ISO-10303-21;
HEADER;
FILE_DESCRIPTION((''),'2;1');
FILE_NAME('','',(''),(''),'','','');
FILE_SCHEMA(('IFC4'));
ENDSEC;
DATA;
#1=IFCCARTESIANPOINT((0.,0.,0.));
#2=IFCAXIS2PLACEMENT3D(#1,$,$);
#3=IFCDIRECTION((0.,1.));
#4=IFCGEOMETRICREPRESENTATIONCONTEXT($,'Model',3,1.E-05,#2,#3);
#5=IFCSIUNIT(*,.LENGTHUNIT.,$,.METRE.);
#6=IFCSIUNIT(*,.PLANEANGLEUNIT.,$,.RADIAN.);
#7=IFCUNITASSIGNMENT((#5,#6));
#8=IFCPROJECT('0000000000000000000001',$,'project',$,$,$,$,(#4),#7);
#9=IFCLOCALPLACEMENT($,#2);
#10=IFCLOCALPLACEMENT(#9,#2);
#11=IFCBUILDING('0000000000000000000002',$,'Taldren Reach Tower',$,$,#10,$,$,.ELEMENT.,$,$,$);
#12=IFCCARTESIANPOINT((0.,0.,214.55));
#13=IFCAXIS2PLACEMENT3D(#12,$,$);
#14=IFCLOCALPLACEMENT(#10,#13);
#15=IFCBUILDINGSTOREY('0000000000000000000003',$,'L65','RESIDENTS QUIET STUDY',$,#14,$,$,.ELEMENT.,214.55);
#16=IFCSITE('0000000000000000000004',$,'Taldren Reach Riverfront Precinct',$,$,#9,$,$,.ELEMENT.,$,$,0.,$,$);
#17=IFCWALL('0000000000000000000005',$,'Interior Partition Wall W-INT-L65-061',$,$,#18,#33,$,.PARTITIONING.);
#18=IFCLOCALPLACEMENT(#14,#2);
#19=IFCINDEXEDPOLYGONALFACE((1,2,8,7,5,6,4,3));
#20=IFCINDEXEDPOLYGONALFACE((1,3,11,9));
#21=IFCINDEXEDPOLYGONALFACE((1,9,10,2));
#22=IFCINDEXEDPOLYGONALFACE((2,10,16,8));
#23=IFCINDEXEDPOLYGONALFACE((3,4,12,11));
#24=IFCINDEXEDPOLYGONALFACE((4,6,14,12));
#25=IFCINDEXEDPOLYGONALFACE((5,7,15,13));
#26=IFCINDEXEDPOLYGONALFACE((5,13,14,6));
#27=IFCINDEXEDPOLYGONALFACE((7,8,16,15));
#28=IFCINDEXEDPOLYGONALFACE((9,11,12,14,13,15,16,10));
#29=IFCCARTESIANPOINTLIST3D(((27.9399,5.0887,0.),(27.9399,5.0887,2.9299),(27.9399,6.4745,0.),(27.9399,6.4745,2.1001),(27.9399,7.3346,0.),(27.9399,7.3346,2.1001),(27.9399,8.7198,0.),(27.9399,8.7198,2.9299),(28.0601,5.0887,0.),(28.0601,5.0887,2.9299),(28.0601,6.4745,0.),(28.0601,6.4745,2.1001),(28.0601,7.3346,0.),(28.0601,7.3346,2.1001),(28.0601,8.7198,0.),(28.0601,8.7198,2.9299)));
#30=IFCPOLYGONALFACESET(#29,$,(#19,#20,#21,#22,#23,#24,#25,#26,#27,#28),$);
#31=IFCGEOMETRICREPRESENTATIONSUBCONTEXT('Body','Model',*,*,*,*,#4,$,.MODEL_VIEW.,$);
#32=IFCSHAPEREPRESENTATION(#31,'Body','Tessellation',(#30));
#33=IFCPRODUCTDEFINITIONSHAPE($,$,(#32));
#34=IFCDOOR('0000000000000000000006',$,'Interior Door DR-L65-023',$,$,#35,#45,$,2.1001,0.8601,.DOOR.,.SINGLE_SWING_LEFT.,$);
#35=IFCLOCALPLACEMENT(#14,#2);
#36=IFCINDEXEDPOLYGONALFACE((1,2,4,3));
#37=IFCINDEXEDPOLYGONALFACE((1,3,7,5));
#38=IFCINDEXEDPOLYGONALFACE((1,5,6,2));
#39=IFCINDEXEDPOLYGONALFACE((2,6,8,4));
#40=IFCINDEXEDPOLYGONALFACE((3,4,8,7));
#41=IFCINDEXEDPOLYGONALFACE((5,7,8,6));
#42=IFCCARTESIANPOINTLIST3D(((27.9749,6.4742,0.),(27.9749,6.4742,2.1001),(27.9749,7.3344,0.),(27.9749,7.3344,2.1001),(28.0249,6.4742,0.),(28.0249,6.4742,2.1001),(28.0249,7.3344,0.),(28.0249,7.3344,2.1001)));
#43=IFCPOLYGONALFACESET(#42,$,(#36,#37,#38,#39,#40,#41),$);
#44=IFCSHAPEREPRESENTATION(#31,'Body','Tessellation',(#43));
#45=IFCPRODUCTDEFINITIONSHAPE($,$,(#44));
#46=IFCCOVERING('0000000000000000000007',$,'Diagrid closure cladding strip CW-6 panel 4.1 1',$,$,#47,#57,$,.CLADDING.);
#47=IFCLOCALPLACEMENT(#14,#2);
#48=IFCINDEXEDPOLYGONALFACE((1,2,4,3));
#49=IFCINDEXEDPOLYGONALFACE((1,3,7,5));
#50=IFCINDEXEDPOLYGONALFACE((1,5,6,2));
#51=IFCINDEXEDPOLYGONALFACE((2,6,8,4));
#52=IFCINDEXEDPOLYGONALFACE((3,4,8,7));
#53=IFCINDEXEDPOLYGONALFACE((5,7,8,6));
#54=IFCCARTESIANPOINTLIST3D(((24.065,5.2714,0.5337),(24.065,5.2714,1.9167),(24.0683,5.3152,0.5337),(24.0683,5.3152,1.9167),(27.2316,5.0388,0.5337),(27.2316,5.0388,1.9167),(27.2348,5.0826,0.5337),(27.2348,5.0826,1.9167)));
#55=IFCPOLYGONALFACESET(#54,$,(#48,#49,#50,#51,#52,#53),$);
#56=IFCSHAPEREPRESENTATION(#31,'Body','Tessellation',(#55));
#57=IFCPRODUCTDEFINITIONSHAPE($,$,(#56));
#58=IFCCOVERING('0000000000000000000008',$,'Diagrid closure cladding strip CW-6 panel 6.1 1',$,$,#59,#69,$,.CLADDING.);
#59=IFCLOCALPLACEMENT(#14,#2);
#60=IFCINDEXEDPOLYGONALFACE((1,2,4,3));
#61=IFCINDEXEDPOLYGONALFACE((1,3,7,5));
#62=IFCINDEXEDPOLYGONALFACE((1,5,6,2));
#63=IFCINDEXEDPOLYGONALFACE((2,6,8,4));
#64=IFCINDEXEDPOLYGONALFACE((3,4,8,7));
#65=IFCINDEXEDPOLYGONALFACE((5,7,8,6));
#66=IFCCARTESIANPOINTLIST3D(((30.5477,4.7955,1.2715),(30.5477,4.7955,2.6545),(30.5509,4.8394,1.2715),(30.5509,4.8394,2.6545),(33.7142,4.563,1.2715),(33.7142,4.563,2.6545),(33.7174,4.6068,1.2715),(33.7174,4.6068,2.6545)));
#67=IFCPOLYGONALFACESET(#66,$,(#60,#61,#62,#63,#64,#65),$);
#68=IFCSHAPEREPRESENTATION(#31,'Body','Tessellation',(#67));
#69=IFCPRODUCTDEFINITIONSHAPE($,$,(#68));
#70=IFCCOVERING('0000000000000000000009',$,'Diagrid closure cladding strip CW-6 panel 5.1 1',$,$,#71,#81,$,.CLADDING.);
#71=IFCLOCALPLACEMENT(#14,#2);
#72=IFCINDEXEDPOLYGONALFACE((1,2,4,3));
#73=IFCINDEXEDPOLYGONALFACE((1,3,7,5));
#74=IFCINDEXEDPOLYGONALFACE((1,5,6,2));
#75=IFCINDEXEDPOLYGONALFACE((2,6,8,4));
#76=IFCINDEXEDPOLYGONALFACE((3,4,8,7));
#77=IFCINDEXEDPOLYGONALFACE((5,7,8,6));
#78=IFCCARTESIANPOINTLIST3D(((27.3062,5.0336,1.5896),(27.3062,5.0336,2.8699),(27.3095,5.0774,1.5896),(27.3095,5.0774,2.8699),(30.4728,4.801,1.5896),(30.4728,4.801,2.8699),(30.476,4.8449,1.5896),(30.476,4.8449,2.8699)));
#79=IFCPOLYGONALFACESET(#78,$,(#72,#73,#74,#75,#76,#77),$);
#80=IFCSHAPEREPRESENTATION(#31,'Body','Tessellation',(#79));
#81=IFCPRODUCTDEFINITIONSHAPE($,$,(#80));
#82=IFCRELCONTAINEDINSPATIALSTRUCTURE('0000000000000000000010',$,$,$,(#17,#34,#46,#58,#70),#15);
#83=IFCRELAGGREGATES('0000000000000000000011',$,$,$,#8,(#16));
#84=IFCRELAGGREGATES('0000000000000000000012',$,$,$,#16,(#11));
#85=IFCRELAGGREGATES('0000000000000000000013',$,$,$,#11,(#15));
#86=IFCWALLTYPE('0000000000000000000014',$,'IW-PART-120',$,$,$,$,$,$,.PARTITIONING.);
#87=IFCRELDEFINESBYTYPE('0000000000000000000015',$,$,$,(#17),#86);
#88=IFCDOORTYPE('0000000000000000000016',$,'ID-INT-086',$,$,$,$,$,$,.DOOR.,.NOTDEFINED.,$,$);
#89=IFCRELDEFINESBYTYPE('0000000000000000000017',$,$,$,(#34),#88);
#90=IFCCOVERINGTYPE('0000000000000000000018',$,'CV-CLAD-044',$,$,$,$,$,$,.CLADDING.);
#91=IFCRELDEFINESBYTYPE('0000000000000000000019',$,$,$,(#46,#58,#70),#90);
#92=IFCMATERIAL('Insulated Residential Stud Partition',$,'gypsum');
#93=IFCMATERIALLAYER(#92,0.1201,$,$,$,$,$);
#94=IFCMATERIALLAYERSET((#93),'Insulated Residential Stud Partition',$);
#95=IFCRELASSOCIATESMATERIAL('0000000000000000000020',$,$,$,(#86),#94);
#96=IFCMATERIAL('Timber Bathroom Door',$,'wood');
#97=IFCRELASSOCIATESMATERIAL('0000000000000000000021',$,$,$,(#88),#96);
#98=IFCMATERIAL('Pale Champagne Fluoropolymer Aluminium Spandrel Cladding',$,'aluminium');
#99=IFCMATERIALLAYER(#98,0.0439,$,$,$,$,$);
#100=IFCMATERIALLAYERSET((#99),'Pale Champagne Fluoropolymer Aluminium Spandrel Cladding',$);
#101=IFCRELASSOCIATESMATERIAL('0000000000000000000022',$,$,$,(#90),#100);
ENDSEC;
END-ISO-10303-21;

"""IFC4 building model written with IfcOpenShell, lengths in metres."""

from ifc_helpers import new_model, si_unit, direction, frame, frame_2d, origin, origin_2d, place, context, subcontext, project, spatial, rectangle, extrude, source, transform, mapped, material, layer, layer_set, type_object, element, fill, save


model = new_model("IFC4")

# Units and contexts
model_context = context("Model", 3, precision=1e-05, world=origin(), true_north=direction((0.0, 1.0)))
body_context = subcontext(model_context, "Body", "Model", "MODEL_VIEW")
ifc_project = project(units=[si_unit("LENGTHUNIT", "METRE"), si_unit("PLANEANGLEUNIT", "RADIAN")], contexts=[model_context])

# Site, building, storey
site_placement = place(None, origin())
site = spatial("IfcSite", under=ifc_project, at=site_placement, Name="Taldren Reach Riverfront Precinct", CompositionType="ELEMENT", RefElevation=0.0)
building_placement = place(site_placement, origin())
building = spatial("IfcBuilding", under=site, at=building_placement, Name="Taldren Reach Tower", CompositionType="ELEMENT")
storey_placement = place(building_placement, frame((0.0, 0.0, 214.55)))
storey = spatial("IfcBuildingStorey", under=building, at=storey_placement, Name="L65", Description="RESIDENTS QUIET STUDY", CompositionType="ELEMENT", Elevation=214.55)

# Wall, opening, door
ifc_material_1 = material(Name="Insulated Residential Stud Partition", Category="gypsum")
ifc_layer_1 = layer(ifc_material_1, 0.1201)
ifc_layer_set_1 = layer_set([ifc_layer_1], Name="Insulated Residential Stud Partition")
wall_type = type_object("IfcWallType", Name="IW-PART-120", PredefinedType="PARTITIONING", material=ifc_layer_set_1)
shared_shape_1 = source(origin(), body_context, "Body", "SweptSolid", [
    extrude(rectangle(XDim=3.6311, YDim=0.1201, at=frame_2d((1.8154, 0.0))), origin(), (0.0, 0.0, 1.0), 2.9299),
])
wall_placement = place(storey_placement, frame((28.0, 5.0889, 0.0), z_axis=(0.0, 0.0, 1.0), x_axis=(0.0, 1.0, 0.0)))
wall = element("IfcWall", 1, at=wall_placement, inside=storey, type_object=wall_type, Name="Interior Partition Wall W-INT-L65-061", PredefinedType="PARTITIONING", context=body_context, shape_type="MappedRepresentation", body=[
    mapped(shared_shape_1, transform((0.0, 0.0, 0.0), scale=1.0)),
])
shared_shape_2 = source(origin(), body_context, "Body", "SweptSolid", [
    extrude(rectangle(XDim=0.8601, YDim=2.1001, at=frame_2d((0.4302, 1.05))), frame((0.0, 0.0701, 0.0), z_axis=(0.0, -1.0, 0.0), x_axis=(1.0, 0.0, 0.0)), (0.0, 0.0, 1.0), 0.1401),
])
opening_placement = place(wall_placement, frame((1.3855, 0.0, 0.0)))
opening = element("IfcOpeningElement", 2, at=opening_placement, cuts=wall, PredefinedType="OPENING", context=body_context, shape_type="MappedRepresentation", body=[
    mapped(shared_shape_2, transform((0.0, 0.0, 0.0), scale=1.0)),
])
ifc_material_2 = material(Name="Timber Bathroom Door", Category="wood")
door_type = type_object("IfcDoorType", Name="ID-INT-086", OperationType="NOTDEFINED", PredefinedType="DOOR", material=ifc_material_2)
shared_shape_3 = source(origin(), body_context, "Body", "SweptSolid", [
    extrude(rectangle(XDim=0.8601, YDim=2.1001, at=frame_2d((0.4302, 1.05))), frame((0.0, 0.0249, 0.0), z_axis=(0.0, -1.0, 0.0), x_axis=(1.0, 0.0, 0.0)), (0.0, 0.0, 1.0), 0.05),
])
door_placement = place(opening_placement, frame((0.8601, 0.0, 0.0), z_axis=(0.0, 0.0, 1.0), x_axis=(-1.0, 0.0, 0.0)))
door = element("IfcDoor", 3, at=door_placement, inside=storey, type_object=door_type, Name="Interior Door DR-L65-023", OperationType="SINGLE_SWING_LEFT", OverallHeight=2.1001, OverallWidth=0.8601, PredefinedType="DOOR", context=body_context, shape_type="MappedRepresentation", body=[
    mapped(shared_shape_3, transform((0.0, 0.0, 0.0), scale=1.0)),
])
fill(opening, door)

# Coverings
ifc_material_3 = material(Name="Pale Champagne Fluoropolymer Aluminium Spandrel Cladding", Category="aluminium")
ifc_layer_2 = layer(ifc_material_3, 0.0439)
ifc_layer_set_2 = layer_set([ifc_layer_2], Name="Pale Champagne Fluoropolymer Aluminium Spandrel Cladding")
covering_type = type_object("IfcCoveringType", Name="CV-CLAD-044", PredefinedType="CLADDING", material=ifc_layer_set_2)
shared_shape_4 = source(origin(), body_context, "Body", "SweptSolid", [
    extrude(rectangle(XDim=3.175, YDim=0.0439, at=origin_2d()), origin(), (0.0, 0.0, 1.0), 1.3831),
])
for number, where, z_axis, x_axis, name in (
    (4, (25.6499, 5.177, 0.5337), (0.0, 0.0, 1.0), (0.997314, -0.073238, 0.0), "Diagrid closure cladding strip CW-6 panel 4.1 1"),
    (5, (32.1326, 4.7012, 1.2715), (0.0, 0.0, 1.0), (0.997314, -0.073238, 0.0), "Diagrid closure cladding strip CW-6 panel 6.1 1"),
):
    element("IfcCovering", number, at=place(storey_placement, frame(where, z_axis=z_axis, x_axis=x_axis)), inside=storey, type_object=covering_type, Name=name, PredefinedType="CLADDING", context=body_context, shape_type="MappedRepresentation", body=[
        mapped(shared_shape_4, transform((0.0, 0.0, 0.0), scale=1.0)),
    ])
shared_shape_5 = source(origin(), body_context, "Body", "SweptSolid", [
    extrude(rectangle(XDim=3.175, YDim=0.0439, at=origin_2d()), origin(), (0.0, 0.0, 1.0), 1.2803),
])
covering_placement = place(storey_placement, frame((28.8911, 4.9392, 1.5896), z_axis=(0.0, 0.0, 1.0), x_axis=(0.997314, -0.073238, 0.0)))
element("IfcCovering", 6, at=covering_placement, inside=storey, type_object=covering_type, Name="Diagrid closure cladding strip CW-6 panel 5.1 1", PredefinedType="CLADDING", context=body_context, shape_type="MappedRepresentation", body=[
    mapped(shared_shape_5, transform((0.0, 0.0, 0.0), scale=1.0)),
])

save(model, "model.ifc")
